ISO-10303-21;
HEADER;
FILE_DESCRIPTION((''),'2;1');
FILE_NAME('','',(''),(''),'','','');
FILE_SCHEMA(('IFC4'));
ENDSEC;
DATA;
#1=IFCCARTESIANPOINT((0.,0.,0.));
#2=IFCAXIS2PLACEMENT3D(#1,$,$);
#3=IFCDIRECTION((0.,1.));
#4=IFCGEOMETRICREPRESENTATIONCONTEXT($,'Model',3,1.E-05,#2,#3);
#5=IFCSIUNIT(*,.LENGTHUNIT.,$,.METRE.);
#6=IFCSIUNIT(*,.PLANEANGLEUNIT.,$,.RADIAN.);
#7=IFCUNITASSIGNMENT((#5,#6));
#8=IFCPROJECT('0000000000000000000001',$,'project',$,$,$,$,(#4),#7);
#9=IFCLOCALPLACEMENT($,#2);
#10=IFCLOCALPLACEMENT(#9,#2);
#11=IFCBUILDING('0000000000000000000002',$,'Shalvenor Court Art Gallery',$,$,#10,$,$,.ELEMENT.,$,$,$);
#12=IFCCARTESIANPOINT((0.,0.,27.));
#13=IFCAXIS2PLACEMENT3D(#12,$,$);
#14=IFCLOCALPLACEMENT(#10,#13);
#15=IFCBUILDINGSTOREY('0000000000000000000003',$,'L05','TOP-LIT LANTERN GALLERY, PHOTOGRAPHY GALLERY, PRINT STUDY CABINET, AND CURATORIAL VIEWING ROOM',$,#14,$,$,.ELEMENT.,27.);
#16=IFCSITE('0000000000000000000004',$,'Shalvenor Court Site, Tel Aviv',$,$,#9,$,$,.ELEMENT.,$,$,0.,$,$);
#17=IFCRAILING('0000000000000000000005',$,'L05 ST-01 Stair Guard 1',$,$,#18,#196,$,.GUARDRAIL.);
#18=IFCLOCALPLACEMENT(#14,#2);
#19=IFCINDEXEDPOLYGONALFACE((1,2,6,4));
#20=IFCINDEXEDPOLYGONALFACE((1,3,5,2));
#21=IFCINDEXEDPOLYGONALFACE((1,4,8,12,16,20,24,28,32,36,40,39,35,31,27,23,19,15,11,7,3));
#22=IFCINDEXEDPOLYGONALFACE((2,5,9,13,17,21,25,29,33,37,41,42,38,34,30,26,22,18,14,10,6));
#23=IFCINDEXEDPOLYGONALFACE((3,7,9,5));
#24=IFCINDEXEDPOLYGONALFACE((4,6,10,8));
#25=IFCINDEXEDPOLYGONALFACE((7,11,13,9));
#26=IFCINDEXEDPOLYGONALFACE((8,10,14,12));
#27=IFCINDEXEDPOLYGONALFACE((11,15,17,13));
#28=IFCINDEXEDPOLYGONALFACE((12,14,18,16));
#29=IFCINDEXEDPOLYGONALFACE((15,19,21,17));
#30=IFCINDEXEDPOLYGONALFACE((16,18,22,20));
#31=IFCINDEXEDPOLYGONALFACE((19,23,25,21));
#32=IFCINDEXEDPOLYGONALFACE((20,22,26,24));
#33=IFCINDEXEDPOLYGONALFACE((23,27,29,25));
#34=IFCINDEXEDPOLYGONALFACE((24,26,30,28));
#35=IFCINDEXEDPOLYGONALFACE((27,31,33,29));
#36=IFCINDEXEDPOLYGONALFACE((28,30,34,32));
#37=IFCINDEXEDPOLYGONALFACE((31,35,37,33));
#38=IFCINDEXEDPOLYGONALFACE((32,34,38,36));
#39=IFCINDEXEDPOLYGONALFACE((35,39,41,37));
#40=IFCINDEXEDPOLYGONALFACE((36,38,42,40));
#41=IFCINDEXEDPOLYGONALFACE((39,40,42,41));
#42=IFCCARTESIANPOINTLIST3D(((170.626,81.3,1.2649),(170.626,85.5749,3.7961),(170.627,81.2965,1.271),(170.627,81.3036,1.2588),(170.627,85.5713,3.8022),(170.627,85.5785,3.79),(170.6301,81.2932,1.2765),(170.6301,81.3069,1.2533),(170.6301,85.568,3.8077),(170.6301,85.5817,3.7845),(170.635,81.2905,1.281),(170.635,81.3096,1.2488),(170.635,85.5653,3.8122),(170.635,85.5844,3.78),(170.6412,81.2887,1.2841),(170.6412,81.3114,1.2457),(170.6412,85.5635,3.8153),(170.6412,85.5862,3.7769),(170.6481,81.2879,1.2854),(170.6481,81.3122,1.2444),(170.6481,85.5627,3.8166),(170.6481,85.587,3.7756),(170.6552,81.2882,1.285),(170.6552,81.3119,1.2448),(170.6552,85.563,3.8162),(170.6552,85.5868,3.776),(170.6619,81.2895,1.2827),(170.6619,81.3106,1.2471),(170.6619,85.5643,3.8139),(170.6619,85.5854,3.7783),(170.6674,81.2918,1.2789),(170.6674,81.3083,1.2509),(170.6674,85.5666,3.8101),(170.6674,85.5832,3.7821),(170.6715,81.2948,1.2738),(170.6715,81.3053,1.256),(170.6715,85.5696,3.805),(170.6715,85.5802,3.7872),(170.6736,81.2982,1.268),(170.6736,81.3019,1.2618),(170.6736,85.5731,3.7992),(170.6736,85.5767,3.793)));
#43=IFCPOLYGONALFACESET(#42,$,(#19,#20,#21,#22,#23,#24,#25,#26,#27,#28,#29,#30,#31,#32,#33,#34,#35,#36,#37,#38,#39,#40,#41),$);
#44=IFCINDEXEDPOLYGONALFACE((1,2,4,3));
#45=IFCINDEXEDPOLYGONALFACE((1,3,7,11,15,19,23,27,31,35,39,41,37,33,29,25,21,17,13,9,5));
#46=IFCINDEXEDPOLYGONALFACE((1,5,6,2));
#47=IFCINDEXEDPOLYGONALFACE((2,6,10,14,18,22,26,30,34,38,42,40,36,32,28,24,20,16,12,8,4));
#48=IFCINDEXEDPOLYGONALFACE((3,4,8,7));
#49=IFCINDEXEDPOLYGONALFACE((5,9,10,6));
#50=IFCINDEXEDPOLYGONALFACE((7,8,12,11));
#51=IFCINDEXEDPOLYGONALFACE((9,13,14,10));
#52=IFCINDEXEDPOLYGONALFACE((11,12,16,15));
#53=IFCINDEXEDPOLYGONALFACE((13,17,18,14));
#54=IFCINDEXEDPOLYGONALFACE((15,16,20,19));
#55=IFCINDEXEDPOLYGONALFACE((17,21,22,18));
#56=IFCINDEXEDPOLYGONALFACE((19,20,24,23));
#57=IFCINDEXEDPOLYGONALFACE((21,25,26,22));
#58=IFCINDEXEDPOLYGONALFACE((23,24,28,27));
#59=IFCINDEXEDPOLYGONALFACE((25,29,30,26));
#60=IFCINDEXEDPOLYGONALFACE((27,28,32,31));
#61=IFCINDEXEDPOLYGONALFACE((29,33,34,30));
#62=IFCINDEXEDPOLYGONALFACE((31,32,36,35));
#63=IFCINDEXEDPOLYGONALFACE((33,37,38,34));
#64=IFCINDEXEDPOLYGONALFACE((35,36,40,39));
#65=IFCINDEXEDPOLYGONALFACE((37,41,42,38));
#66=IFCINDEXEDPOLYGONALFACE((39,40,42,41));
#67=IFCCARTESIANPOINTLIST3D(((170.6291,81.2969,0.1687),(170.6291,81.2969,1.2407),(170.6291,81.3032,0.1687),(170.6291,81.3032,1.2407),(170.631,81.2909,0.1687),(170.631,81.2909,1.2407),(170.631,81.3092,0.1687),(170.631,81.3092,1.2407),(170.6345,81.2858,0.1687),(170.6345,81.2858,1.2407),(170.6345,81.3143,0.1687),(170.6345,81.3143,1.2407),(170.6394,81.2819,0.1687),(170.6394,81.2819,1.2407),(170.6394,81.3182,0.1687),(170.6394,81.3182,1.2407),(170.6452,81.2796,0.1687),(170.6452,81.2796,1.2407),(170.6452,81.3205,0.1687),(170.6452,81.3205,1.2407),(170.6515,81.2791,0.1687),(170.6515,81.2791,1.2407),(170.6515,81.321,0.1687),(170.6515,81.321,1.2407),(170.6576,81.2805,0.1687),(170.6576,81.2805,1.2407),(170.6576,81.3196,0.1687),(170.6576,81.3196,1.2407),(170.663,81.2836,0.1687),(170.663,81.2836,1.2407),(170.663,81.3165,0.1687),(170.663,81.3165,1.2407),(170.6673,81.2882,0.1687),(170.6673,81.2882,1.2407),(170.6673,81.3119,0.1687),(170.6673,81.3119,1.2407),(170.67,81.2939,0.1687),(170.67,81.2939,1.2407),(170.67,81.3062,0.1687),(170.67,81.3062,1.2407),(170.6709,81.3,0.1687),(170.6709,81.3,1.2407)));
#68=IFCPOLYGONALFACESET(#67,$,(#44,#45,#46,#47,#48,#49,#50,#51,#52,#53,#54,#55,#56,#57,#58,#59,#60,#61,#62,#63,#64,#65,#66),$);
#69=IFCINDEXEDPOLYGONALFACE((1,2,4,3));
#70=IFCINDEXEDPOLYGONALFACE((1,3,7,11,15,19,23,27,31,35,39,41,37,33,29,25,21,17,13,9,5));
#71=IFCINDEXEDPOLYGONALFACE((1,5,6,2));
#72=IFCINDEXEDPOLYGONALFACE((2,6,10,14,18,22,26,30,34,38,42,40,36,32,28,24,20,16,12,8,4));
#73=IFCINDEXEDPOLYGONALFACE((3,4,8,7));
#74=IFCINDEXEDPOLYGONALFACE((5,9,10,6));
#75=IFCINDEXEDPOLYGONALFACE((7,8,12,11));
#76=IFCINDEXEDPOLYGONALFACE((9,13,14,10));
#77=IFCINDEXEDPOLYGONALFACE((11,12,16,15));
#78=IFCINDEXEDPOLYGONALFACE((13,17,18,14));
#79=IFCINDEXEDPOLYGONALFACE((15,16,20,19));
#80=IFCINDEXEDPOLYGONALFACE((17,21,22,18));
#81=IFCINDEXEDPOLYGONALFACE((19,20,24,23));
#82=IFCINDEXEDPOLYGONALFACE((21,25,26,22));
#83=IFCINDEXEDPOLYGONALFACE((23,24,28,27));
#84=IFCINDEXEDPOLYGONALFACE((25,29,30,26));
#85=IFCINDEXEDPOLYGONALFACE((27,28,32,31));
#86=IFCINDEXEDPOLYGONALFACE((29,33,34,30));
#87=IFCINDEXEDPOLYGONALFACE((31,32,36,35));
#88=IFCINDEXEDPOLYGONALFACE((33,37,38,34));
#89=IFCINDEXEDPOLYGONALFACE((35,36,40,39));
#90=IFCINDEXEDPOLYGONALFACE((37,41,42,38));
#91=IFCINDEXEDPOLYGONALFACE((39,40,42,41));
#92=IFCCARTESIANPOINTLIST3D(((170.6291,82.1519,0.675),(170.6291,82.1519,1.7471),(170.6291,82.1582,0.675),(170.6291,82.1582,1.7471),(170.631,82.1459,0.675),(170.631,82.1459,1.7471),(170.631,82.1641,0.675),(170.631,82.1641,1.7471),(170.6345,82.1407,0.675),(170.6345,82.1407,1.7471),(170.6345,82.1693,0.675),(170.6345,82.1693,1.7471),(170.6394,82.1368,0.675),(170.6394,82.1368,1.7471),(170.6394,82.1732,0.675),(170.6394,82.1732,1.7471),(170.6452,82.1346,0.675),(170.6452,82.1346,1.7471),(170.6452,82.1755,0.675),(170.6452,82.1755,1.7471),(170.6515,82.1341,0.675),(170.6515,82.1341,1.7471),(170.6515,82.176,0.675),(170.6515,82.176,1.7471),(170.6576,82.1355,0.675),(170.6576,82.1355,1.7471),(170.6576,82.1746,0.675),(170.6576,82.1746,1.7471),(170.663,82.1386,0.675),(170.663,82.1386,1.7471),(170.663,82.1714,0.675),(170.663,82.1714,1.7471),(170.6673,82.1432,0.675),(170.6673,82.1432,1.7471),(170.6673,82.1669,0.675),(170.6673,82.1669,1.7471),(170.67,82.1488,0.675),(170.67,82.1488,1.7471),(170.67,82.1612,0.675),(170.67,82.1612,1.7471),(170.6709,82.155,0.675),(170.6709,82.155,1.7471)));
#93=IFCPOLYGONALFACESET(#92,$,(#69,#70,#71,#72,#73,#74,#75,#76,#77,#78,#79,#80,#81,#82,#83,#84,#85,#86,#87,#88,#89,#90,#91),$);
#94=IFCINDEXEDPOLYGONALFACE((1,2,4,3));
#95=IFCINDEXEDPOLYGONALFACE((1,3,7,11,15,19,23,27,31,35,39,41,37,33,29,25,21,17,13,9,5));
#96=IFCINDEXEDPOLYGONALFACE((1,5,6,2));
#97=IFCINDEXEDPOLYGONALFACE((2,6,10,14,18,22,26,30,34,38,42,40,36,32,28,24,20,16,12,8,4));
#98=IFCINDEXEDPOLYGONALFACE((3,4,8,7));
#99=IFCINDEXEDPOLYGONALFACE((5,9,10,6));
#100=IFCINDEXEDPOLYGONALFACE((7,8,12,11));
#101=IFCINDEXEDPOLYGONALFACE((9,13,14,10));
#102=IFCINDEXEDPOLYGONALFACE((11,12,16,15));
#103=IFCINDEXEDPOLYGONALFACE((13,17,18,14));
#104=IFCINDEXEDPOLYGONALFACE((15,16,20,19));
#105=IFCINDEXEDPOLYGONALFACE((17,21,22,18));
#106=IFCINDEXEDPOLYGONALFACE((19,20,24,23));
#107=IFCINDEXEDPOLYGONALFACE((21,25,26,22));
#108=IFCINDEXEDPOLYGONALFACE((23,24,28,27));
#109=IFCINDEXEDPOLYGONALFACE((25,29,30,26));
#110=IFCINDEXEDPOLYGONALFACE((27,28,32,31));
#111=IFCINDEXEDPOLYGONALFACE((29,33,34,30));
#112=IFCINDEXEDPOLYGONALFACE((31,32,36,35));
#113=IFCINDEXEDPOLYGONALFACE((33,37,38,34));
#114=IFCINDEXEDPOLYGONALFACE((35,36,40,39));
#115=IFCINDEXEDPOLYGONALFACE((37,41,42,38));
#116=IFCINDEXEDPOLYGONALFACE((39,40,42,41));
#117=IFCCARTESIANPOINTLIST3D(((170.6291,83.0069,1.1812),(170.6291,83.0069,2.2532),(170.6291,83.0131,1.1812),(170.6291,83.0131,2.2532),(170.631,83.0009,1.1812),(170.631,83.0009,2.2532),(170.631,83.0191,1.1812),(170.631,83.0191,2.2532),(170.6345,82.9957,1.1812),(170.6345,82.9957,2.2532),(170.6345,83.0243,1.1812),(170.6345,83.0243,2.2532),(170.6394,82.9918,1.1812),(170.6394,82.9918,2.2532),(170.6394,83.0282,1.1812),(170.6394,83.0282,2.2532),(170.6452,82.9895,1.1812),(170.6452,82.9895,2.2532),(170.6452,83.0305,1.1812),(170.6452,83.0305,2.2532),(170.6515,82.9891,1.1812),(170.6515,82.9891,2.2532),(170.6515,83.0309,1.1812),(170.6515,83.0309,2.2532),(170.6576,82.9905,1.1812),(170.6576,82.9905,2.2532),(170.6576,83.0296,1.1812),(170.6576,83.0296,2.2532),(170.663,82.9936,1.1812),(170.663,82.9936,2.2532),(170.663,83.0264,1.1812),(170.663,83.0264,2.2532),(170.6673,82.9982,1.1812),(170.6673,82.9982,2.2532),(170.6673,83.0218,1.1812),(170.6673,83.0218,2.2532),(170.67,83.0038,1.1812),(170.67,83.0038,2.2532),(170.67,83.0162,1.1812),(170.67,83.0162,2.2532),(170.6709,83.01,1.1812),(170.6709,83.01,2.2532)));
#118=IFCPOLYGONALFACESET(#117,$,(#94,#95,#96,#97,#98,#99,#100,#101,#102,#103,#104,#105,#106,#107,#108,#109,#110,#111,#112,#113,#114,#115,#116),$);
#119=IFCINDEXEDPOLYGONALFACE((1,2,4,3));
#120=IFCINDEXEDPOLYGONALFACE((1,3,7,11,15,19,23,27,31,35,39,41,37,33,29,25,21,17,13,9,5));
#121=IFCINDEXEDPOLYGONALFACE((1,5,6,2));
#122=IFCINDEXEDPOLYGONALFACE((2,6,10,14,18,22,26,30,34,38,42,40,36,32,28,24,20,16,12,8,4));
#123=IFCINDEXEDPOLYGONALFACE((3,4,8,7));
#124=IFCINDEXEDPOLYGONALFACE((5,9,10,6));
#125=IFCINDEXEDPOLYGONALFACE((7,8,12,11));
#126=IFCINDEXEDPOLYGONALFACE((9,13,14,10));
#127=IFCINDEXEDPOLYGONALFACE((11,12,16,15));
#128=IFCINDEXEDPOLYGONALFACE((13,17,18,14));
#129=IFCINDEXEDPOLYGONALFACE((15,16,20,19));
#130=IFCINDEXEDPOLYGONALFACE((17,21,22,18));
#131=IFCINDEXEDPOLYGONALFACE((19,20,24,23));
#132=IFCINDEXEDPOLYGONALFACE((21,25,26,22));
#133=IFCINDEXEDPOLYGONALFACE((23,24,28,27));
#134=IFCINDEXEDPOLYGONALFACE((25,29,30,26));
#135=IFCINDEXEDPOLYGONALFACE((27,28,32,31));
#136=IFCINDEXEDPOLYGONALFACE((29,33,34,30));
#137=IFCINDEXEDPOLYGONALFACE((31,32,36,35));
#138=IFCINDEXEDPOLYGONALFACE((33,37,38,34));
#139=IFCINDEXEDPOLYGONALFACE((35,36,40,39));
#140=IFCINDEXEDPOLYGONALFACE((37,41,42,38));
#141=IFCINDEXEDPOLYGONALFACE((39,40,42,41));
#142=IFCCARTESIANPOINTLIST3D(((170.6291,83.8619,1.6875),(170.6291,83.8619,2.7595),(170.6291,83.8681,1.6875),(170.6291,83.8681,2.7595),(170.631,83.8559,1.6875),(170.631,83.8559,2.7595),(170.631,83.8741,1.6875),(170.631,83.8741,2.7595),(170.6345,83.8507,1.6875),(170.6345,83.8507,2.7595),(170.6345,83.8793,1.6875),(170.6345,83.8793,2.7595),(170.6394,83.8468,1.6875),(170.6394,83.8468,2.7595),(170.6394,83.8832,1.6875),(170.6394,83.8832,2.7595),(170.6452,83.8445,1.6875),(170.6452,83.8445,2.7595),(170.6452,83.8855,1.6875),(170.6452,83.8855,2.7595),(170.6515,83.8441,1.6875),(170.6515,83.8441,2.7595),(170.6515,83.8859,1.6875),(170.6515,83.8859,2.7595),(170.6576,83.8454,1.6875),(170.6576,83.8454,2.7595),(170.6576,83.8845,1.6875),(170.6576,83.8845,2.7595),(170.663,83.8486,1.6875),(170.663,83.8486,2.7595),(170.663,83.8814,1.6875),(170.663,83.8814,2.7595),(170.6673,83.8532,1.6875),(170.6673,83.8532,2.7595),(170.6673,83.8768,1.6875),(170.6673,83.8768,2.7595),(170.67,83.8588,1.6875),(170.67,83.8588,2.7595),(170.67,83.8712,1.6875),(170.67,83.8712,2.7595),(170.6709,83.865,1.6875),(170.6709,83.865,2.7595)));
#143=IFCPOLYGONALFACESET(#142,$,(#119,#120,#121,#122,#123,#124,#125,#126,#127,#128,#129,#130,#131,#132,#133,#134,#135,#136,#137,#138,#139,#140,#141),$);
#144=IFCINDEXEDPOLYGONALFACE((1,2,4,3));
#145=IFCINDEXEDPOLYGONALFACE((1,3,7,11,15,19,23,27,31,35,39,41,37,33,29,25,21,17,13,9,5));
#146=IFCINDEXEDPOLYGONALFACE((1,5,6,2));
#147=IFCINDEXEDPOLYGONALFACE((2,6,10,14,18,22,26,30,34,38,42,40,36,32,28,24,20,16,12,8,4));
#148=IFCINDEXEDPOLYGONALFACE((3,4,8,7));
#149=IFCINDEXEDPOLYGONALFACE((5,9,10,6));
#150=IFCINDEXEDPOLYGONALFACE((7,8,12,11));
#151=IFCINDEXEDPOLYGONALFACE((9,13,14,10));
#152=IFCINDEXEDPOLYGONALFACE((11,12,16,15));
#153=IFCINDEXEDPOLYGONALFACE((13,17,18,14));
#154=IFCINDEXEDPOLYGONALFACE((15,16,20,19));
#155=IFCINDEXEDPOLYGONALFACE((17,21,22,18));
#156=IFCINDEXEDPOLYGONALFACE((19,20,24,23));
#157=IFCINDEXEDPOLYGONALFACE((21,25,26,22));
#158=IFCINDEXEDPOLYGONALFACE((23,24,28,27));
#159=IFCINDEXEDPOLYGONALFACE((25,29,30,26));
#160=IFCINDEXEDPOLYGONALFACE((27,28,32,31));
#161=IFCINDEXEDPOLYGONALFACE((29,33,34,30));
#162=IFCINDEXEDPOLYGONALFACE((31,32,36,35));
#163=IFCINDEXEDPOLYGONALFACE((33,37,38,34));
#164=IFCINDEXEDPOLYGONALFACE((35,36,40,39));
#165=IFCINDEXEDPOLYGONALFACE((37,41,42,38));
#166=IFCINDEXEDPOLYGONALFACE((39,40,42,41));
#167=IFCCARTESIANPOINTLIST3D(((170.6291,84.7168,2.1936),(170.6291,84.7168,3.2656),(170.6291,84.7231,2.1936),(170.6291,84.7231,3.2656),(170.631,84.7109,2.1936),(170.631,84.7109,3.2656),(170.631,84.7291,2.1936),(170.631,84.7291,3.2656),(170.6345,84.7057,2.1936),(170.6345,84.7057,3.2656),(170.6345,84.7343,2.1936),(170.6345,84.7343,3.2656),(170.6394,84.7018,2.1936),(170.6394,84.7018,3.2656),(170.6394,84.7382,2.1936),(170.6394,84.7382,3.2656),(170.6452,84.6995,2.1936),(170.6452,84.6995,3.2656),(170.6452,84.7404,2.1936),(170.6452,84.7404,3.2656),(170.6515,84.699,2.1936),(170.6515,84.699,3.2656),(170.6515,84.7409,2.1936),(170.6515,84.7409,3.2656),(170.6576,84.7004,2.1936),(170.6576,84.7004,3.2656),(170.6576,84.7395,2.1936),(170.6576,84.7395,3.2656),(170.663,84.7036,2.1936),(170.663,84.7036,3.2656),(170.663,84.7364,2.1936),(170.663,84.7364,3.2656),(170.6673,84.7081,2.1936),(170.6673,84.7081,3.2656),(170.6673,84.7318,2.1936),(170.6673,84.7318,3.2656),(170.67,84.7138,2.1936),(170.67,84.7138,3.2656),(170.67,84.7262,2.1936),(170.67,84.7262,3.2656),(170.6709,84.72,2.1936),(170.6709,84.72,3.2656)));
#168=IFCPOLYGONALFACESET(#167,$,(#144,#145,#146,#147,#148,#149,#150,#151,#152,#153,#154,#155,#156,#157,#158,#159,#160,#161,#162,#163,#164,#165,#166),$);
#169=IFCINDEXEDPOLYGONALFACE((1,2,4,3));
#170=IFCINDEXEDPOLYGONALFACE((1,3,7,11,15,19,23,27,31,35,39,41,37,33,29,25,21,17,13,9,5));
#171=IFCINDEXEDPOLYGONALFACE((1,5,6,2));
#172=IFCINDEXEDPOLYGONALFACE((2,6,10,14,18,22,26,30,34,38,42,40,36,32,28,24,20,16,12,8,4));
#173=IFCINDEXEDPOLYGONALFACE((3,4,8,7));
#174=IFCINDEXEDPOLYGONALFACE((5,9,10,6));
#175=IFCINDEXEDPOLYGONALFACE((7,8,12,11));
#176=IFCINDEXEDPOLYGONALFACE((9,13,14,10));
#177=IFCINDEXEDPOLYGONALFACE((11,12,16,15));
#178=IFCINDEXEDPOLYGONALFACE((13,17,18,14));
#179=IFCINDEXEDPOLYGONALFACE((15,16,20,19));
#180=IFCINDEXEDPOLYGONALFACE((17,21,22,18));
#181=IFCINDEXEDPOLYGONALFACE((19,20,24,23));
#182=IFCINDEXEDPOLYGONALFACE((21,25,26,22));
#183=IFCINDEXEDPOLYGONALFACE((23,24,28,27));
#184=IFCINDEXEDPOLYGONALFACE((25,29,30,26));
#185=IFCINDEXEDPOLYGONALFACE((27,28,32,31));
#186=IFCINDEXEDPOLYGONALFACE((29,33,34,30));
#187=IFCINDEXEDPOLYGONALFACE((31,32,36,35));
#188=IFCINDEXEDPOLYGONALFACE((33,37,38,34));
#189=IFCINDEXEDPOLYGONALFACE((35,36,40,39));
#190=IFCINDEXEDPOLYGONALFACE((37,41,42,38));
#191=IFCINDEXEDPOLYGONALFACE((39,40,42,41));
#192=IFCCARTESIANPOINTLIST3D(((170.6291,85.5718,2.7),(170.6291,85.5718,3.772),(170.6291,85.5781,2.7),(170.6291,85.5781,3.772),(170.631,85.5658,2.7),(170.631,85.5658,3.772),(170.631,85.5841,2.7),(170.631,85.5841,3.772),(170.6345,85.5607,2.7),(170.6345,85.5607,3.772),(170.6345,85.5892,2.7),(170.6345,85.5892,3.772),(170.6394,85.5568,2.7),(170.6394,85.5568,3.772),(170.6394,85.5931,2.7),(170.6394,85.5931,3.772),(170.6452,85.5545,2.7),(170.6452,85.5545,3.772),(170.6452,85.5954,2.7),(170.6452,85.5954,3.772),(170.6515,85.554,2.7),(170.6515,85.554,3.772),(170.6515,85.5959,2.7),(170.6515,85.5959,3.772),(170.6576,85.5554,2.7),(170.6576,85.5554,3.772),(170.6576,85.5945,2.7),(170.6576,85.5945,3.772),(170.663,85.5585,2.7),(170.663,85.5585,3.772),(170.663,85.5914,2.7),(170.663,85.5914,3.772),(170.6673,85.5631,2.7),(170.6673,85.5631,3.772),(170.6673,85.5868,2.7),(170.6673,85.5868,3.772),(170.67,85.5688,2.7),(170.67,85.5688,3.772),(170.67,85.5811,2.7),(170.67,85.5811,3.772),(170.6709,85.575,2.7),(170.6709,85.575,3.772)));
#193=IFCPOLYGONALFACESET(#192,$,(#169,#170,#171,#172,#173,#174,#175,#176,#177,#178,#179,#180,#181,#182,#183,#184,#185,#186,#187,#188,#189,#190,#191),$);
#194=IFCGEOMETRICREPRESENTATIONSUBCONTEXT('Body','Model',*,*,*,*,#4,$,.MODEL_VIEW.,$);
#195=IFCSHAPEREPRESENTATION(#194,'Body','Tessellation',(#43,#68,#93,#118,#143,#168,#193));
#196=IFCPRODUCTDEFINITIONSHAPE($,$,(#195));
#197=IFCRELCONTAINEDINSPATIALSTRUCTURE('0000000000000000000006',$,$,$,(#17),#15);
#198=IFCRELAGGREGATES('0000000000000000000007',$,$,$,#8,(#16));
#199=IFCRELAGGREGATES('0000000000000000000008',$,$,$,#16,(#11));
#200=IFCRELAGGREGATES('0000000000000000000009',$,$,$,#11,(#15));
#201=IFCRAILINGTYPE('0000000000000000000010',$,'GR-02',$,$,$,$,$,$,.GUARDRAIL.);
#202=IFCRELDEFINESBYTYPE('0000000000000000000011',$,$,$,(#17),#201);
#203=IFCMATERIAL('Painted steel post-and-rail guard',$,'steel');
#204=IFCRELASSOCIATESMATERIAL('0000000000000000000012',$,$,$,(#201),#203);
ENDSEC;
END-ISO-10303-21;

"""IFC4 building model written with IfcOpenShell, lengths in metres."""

from ifc_helpers import new_model, si_unit, direction, frame, origin, origin_2d, place, context, subcontext, project, spatial, circle, extrude, material, type_object, element, save


model = new_model("IFC4")

# Units and contexts
model_context = context("Model", 3, precision=1e-05, world=origin(), true_north=direction((0.0, 1.0)))
body_context = subcontext(model_context, "Body", "Model", "MODEL_VIEW")
ifc_project = project(units=[si_unit("LENGTHUNIT", "METRE"), si_unit("PLANEANGLEUNIT", "RADIAN")], contexts=[model_context])

# Site, building, storey
site_placement = place(None, origin())
site = spatial("IfcSite", under=ifc_project, at=site_placement, Name="Shalvenor Court Site, Tel Aviv", CompositionType="ELEMENT", RefElevation=0.0)
building_placement = place(site_placement, origin())
building = spatial("IfcBuilding", under=site, at=building_placement, Name="Shalvenor Court Art Gallery", CompositionType="ELEMENT")
storey_placement = place(building_placement, frame((0.0, 0.0, 27.0)))
storey = spatial("IfcBuildingStorey", under=building, at=storey_placement, Name="L05", Description="TOP-LIT LANTERN GALLERY, PHOTOGRAPHY GALLERY, PRINT STUDY CABINET, AND CURATORIAL VIEWING ROOM", CompositionType="ELEMENT", Elevation=27.0)

# Railing
ifc_material_1 = material(Name="Painted steel post-and-rail guard", Category="steel")
railing_type_1 = type_object("IfcRailingType", Name="GR-02", PredefinedType="GUARDRAIL", material=ifc_material_1)
railing_1_placement = place(storey_placement, frame((170.6499, 81.3, 0.1687)))
element("IfcRailing", 1, at=railing_1_placement, inside=storey, type_object=railing_type_1, Name="L05 ST-01 Stair Guard 1", PredefinedType="GUARDRAIL", context=body_context, shape_type="SweptSolid", body=[
    extrude(circle(Radius=0.0239, at=origin_2d()), frame((0.0, 0.0, 1.0962), z_axis=(0.0, 0.86047, 0.509501), x_axis=(-1.0, 0.0, 0.0)), (0.0, 0.0, 1.0), 4.968),
    extrude(circle(Radius=0.021, at=origin_2d()), origin(), (0.0, 0.0, 1.0), 1.072),
    extrude(circle(Radius=0.021, at=origin_2d()), frame((0.0, 0.855, 0.5063)), (0.0, 0.0, 1.0), 1.072),
    extrude(circle(Radius=0.021, at=origin_2d()), frame((0.0, 1.71, 1.0125)), (0.0, 0.0, 1.0), 1.072),
    extrude(circle(Radius=0.021, at=origin_2d()), frame((0.0, 2.5649, 1.5188)), (0.0, 0.0, 1.0), 1.072),
    extrude(circle(Radius=0.021, at=origin_2d()), frame((0.0, 3.4199, 2.0249)), (0.0, 0.0, 1.0), 1.072),
    extrude(circle(Radius=0.021, at=origin_2d()), frame((0.0, 4.2749, 2.5312)), (0.0, 0.0, 1.0), 1.072),
])

save(model, "model.ifc")
